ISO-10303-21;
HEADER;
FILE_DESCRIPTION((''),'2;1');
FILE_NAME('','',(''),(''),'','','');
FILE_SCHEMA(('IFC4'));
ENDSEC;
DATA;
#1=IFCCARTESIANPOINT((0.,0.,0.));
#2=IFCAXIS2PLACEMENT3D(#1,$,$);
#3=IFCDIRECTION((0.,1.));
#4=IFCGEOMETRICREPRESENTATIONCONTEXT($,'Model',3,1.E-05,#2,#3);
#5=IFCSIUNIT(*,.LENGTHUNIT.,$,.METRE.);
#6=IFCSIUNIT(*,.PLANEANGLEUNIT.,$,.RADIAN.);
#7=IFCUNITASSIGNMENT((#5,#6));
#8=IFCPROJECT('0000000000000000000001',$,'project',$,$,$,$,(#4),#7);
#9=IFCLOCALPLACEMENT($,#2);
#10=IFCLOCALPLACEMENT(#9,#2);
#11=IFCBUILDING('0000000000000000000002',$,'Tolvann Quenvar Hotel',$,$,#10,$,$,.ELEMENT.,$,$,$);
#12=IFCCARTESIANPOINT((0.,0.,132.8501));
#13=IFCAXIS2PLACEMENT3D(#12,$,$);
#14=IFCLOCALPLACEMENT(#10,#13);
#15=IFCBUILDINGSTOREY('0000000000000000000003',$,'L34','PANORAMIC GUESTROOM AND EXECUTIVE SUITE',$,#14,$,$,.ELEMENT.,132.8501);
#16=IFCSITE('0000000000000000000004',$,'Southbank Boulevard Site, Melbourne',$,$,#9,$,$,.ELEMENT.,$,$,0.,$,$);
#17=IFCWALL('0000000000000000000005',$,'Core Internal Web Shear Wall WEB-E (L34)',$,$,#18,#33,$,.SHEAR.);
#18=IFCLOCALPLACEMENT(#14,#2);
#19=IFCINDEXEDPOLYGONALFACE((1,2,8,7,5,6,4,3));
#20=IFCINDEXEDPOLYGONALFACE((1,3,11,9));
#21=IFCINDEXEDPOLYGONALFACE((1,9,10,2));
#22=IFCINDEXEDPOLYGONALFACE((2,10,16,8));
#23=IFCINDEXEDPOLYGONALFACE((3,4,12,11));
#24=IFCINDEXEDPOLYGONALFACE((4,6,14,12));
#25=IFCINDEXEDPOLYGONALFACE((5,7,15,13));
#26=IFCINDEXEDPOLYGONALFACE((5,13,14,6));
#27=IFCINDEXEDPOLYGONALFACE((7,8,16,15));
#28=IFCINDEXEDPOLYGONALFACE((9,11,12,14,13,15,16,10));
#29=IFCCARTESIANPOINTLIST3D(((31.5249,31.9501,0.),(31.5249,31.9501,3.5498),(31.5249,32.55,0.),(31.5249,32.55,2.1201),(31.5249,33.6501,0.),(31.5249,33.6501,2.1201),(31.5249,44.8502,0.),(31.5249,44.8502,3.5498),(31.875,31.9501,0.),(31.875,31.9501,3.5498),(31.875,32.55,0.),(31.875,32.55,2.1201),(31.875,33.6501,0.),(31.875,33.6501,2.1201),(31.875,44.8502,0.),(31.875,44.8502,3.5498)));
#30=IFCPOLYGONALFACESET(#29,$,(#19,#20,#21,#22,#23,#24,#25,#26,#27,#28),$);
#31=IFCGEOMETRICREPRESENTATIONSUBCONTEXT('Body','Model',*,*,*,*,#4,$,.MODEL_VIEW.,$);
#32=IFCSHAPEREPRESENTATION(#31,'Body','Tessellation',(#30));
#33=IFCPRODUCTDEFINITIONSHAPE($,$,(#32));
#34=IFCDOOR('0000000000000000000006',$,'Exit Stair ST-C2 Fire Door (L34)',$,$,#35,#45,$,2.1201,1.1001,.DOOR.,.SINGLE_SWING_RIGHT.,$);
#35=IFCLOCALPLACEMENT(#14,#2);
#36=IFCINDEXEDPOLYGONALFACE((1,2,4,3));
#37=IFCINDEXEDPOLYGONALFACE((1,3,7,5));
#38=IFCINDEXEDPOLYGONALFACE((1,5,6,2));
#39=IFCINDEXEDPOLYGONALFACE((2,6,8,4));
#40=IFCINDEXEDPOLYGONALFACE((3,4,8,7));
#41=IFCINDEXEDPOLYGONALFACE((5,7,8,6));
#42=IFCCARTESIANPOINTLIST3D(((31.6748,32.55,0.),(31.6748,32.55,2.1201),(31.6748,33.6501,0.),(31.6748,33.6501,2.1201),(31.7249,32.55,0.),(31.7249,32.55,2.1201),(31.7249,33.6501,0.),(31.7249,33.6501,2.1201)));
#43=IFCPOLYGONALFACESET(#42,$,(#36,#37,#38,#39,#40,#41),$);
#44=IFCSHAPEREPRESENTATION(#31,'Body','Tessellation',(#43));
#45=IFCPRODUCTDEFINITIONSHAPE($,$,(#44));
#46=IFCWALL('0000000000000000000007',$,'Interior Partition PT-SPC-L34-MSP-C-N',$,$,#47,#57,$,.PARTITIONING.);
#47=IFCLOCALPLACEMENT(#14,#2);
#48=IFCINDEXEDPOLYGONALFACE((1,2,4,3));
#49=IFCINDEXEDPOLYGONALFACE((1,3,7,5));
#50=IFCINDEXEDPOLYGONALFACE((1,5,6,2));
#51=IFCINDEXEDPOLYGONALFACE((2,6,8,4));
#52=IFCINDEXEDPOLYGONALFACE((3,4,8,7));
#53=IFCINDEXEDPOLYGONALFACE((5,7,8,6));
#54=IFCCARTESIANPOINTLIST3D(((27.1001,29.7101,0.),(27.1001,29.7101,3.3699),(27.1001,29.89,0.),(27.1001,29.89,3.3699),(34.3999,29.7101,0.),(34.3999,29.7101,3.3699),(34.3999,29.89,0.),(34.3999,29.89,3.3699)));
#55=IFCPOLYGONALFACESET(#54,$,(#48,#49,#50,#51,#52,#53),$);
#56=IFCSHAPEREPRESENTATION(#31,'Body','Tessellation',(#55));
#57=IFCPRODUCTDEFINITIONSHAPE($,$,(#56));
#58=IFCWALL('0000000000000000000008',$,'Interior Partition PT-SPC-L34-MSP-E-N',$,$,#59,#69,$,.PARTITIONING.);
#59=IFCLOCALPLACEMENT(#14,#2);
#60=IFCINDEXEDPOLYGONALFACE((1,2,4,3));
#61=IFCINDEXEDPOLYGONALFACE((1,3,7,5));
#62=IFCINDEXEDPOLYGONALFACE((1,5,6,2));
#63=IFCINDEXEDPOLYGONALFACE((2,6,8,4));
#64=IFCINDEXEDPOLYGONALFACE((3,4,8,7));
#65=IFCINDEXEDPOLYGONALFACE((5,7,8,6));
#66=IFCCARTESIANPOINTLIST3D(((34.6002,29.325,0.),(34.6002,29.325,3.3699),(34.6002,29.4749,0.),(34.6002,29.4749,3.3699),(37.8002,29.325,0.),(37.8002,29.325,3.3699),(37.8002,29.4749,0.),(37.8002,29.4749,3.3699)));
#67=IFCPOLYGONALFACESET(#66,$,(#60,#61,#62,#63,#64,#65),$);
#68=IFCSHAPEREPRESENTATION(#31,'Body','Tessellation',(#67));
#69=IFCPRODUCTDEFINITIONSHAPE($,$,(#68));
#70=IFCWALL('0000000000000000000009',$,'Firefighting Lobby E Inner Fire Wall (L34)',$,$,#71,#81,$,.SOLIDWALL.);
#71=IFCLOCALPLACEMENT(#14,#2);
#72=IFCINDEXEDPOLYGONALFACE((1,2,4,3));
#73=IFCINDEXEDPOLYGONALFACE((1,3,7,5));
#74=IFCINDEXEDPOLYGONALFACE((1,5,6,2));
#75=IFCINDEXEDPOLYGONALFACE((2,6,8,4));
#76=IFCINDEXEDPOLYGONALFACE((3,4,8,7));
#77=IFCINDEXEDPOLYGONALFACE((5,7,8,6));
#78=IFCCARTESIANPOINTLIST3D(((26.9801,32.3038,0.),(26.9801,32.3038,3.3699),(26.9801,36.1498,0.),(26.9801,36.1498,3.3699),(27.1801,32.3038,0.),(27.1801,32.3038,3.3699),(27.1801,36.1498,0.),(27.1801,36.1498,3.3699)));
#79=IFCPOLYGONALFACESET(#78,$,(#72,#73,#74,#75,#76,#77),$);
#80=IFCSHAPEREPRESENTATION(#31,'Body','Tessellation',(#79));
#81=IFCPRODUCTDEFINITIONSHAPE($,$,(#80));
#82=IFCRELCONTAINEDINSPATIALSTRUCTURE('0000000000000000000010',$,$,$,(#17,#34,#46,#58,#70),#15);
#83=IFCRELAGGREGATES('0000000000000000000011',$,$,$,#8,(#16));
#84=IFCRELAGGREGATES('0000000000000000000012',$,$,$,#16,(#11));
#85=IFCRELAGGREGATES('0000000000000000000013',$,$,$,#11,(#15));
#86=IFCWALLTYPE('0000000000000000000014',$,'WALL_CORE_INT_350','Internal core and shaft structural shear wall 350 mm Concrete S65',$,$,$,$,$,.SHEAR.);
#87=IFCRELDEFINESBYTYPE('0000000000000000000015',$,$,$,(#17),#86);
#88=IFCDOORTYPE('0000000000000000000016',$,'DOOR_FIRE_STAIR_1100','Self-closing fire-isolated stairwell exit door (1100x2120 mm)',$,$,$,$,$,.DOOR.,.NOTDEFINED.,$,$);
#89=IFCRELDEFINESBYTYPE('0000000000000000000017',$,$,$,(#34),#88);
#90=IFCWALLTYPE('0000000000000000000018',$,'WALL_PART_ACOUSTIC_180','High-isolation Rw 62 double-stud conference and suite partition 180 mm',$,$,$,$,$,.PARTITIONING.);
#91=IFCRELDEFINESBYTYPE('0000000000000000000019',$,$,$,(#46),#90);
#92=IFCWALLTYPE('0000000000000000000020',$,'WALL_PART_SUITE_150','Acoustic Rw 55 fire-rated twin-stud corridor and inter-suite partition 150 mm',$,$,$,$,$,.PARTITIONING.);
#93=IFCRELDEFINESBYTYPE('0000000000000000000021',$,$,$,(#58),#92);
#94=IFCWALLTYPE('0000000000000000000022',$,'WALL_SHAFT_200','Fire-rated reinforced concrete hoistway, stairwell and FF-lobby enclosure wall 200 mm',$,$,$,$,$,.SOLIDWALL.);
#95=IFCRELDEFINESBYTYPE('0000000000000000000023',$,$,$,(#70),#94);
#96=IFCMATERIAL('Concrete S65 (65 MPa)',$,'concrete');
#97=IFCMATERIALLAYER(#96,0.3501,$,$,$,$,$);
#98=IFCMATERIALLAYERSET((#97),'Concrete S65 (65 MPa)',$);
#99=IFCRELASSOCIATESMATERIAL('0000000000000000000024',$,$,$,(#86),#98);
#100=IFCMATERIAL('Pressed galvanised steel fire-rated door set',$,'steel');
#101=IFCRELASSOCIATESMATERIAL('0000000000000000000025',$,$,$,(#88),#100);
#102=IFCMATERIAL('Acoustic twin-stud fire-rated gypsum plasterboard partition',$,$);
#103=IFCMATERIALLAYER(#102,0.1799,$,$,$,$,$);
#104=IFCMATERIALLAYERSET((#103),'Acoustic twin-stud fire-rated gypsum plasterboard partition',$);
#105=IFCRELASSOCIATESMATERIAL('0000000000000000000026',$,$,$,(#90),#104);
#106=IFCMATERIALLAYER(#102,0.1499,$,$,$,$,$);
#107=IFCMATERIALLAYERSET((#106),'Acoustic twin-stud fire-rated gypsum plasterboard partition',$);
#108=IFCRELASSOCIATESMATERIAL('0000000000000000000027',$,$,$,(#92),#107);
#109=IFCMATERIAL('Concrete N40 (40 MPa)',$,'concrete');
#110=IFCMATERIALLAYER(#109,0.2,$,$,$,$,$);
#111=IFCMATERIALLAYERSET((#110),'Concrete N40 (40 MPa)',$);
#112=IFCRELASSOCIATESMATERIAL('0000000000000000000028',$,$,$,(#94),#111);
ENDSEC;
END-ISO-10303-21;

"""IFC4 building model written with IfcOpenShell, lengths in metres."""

from ifc_helpers import new_model, si_unit, direction, frame, frame_2d, origin, place, context, subcontext, project, spatial, rectangle, extrude, source, transform, mapped, material, layer, layer_set, type_object, type_shapes, element, fill, save


model = new_model("IFC4")

# Units and contexts
model_context = context("Model", 3, precision=1e-05, world=origin(), true_north=direction((0.0, 1.0)))
body_context = subcontext(model_context, "Body", "Model", "MODEL_VIEW")
ifc_project = project(units=[si_unit("LENGTHUNIT", "METRE"), si_unit("PLANEANGLEUNIT", "RADIAN")], contexts=[model_context])

# Site, building, storey
site_placement = place(None, origin())
site = spatial("IfcSite", under=ifc_project, at=site_placement, Name="Southbank Boulevard Site, Melbourne", CompositionType="ELEMENT", RefElevation=0.0)
building_placement = place(site_placement, origin())
building = spatial("IfcBuilding", under=site, at=building_placement, Name="Tolvann Quenvar Hotel", CompositionType="ELEMENT")
storey_placement = place(building_placement, frame((0.0, 0.0, 132.8501)))
storey = spatial("IfcBuildingStorey", under=building, at=storey_placement, Name="L34", Description="PANORAMIC GUESTROOM AND EXECUTIVE SUITE", CompositionType="ELEMENT", Elevation=132.8501)

# Shared definitions
ifc_material_1 = material(Name="Concrete S65 (65 MPa)", Category="concrete")

# Wall, opening, door
ifc_material_2 = material(Name="Pressed galvanised steel fire-rated door set", Category="steel")
ifc_layer_1 = layer(ifc_material_1, 0.3501)
ifc_layer_set_1 = layer_set([ifc_layer_1], Name="Concrete S65 (65 MPa)")
wall_type_1 = type_object("IfcWallType", Name="WALL_CORE_INT_350", Description="Internal core and shaft structural shear wall 350 mm Concrete S65", PredefinedType="SHEAR", material=ifc_layer_set_1)
wall_1_placement = place(storey_placement, frame((31.7, 31.95, 0.0), z_axis=(0.0, 0.0, 1.0), x_axis=(0.0, 1.0, 0.0)))
wall_1 = element("IfcWall", 1, at=wall_1_placement, inside=storey, type_object=wall_type_1, Name="Core Internal Web Shear Wall WEB-E (L34)", PredefinedType="SHEAR", context=body_context, shape_type="SweptSolid", body=[
    extrude(rectangle(XDim=12.9001, YDim=0.3501, at=frame_2d((6.4502, 0.0))), origin(), (0.0, 0.0, 1.0), 3.5498),
])
opening_1_placement = place(wall_1_placement, frame((1.7002, 0.0, 0.0), z_axis=(0.0, 0.0, 1.0), x_axis=(-1.0, 0.0, 0.0)))
opening_1 = element("IfcOpeningElement", 2, at=opening_1_placement, cuts=wall_1, PredefinedType="OPENING", context=body_context, shape_type="SweptSolid", body=[
    extrude(rectangle(XDim=1.1001, YDim=2.1201, at=frame_2d((0.55, 1.0601))), frame((0.0, 0.1851, 0.0), z_axis=(0.0, -1.0, 0.0), x_axis=(1.0, 0.0, 0.0)), (0.0, 0.0, 1.0), 0.3701),
])
door_type_1 = type_object("IfcDoorType", Name="DOOR_FIRE_STAIR_1100", Description="Self-closing fire-isolated stairwell exit door (1100x2120 mm)", OperationType="NOTDEFINED", PredefinedType="DOOR", material=ifc_material_2)
shared_shape_1 = source(origin(), body_context, "Body", "SweptSolid", [
    extrude(rectangle(XDim=1.1001, YDim=2.1201, at=frame_2d((0.55, 1.0601))), frame((0.0, 0.0249, 0.0), z_axis=(0.0, -1.0, 0.0), x_axis=(1.0, 0.0, 0.0)), (0.0, 0.0, 1.0), 0.05),
])
type_shapes(door_type_1, [shared_shape_1])
door_1_placement = place(opening_1_placement, origin())
door_1 = element("IfcDoor", 3, at=door_1_placement, inside=storey, type_object=door_type_1, Name="Exit Stair ST-C2 Fire Door (L34)", OperationType="SINGLE_SWING_RIGHT", OverallHeight=2.1201, OverallWidth=1.1001, PredefinedType="DOOR", context=body_context, shape_type="MappedRepresentation", body=[
    mapped(shared_shape_1, transform((0.0, 0.0, 0.0), x_axis=(1.0, 0.0, 0.0), y_axis=(0.0, 1.0, 0.0), z_axis=(0.0, 0.0, 1.0), scale=1.0)),
])
fill(opening_1, door_1)

# Walls
ifc_material_3 = material(Name="Acoustic twin-stud fire-rated gypsum plasterboard partition")
ifc_layer_2 = layer(ifc_material_3, 0.1799)
ifc_layer_set_2 = layer_set([ifc_layer_2], Name="Acoustic twin-stud fire-rated gypsum plasterboard partition")
wall_type_2 = type_object("IfcWallType", Name="WALL_PART_ACOUSTIC_180", Description="High-isolation Rw 62 double-stud conference and suite partition 180 mm", PredefinedType="PARTITIONING", material=ifc_layer_set_2)
wall_2_placement = place(storey_placement, frame((27.1001, 29.8, 0.0), z_axis=(0.0, 0.0, 1.0), x_axis=(1.0, 0.0, 0.0)))
element("IfcWall", 4, at=wall_2_placement, inside=storey, type_object=wall_type_2, Name="Interior Partition PT-SPC-L34-MSP-C-N", PredefinedType="PARTITIONING", context=body_context, shape_type="SweptSolid", body=[
    extrude(rectangle(XDim=7.2998, YDim=0.1799, at=frame_2d((3.6499, 0.0))), origin(), (0.0, 0.0, 1.0), 3.3699),
])
ifc_layer_3 = layer(ifc_material_3, 0.1499)
ifc_layer_set_3 = layer_set([ifc_layer_3], Name="Acoustic twin-stud fire-rated gypsum plasterboard partition")
wall_type_3 = type_object("IfcWallType", Name="WALL_PART_SUITE_150", Description="Acoustic Rw 55 fire-rated twin-stud corridor and inter-suite partition 150 mm", PredefinedType="PARTITIONING", material=ifc_layer_set_3)
wall_3_placement = place(storey_placement, frame((34.6001, 29.3999, 0.0), z_axis=(0.0, 0.0, 1.0), x_axis=(1.0, 0.0, 0.0)))
element("IfcWall", 5, at=wall_3_placement, inside=storey, type_object=wall_type_3, Name="Interior Partition PT-SPC-L34-MSP-E-N", PredefinedType="PARTITIONING", context=body_context, shape_type="SweptSolid", body=[
    extrude(rectangle(XDim=3.2, YDim=0.1499, at=frame_2d((1.6001, 0.0))), origin(), (0.0, 0.0, 1.0), 3.3699),
])
ifc_material_4 = material(Name="Concrete N40 (40 MPa)", Category="concrete")
ifc_layer_4 = layer(ifc_material_4, 0.2)
ifc_layer_set_4 = layer_set([ifc_layer_4], Name="Concrete N40 (40 MPa)")
wall_type_4 = type_object("IfcWallType", Name="WALL_SHAFT_200", Description="Fire-rated reinforced concrete hoistway, stairwell and FF-lobby enclosure wall 200 mm", PredefinedType="SOLIDWALL", material=ifc_layer_set_4)
wall_4_placement = place(storey_placement, frame((27.0801, 32.304, 0.0), z_axis=(0.0, 0.0, 1.0), x_axis=(0.0, 1.0, 0.0)))
element("IfcWall", 6, at=wall_4_placement, inside=storey, type_object=wall_type_4, Name="Firefighting Lobby E Inner Fire Wall (L34)", PredefinedType="SOLIDWALL", context=body_context, shape_type="SweptSolid", body=[
    extrude(rectangle(XDim=3.8459, YDim=0.2, at=frame_2d((1.9229, 0.0))), origin(), (0.0, 0.0, 1.0), 3.3699),
])

save(model, "model.ifc")
